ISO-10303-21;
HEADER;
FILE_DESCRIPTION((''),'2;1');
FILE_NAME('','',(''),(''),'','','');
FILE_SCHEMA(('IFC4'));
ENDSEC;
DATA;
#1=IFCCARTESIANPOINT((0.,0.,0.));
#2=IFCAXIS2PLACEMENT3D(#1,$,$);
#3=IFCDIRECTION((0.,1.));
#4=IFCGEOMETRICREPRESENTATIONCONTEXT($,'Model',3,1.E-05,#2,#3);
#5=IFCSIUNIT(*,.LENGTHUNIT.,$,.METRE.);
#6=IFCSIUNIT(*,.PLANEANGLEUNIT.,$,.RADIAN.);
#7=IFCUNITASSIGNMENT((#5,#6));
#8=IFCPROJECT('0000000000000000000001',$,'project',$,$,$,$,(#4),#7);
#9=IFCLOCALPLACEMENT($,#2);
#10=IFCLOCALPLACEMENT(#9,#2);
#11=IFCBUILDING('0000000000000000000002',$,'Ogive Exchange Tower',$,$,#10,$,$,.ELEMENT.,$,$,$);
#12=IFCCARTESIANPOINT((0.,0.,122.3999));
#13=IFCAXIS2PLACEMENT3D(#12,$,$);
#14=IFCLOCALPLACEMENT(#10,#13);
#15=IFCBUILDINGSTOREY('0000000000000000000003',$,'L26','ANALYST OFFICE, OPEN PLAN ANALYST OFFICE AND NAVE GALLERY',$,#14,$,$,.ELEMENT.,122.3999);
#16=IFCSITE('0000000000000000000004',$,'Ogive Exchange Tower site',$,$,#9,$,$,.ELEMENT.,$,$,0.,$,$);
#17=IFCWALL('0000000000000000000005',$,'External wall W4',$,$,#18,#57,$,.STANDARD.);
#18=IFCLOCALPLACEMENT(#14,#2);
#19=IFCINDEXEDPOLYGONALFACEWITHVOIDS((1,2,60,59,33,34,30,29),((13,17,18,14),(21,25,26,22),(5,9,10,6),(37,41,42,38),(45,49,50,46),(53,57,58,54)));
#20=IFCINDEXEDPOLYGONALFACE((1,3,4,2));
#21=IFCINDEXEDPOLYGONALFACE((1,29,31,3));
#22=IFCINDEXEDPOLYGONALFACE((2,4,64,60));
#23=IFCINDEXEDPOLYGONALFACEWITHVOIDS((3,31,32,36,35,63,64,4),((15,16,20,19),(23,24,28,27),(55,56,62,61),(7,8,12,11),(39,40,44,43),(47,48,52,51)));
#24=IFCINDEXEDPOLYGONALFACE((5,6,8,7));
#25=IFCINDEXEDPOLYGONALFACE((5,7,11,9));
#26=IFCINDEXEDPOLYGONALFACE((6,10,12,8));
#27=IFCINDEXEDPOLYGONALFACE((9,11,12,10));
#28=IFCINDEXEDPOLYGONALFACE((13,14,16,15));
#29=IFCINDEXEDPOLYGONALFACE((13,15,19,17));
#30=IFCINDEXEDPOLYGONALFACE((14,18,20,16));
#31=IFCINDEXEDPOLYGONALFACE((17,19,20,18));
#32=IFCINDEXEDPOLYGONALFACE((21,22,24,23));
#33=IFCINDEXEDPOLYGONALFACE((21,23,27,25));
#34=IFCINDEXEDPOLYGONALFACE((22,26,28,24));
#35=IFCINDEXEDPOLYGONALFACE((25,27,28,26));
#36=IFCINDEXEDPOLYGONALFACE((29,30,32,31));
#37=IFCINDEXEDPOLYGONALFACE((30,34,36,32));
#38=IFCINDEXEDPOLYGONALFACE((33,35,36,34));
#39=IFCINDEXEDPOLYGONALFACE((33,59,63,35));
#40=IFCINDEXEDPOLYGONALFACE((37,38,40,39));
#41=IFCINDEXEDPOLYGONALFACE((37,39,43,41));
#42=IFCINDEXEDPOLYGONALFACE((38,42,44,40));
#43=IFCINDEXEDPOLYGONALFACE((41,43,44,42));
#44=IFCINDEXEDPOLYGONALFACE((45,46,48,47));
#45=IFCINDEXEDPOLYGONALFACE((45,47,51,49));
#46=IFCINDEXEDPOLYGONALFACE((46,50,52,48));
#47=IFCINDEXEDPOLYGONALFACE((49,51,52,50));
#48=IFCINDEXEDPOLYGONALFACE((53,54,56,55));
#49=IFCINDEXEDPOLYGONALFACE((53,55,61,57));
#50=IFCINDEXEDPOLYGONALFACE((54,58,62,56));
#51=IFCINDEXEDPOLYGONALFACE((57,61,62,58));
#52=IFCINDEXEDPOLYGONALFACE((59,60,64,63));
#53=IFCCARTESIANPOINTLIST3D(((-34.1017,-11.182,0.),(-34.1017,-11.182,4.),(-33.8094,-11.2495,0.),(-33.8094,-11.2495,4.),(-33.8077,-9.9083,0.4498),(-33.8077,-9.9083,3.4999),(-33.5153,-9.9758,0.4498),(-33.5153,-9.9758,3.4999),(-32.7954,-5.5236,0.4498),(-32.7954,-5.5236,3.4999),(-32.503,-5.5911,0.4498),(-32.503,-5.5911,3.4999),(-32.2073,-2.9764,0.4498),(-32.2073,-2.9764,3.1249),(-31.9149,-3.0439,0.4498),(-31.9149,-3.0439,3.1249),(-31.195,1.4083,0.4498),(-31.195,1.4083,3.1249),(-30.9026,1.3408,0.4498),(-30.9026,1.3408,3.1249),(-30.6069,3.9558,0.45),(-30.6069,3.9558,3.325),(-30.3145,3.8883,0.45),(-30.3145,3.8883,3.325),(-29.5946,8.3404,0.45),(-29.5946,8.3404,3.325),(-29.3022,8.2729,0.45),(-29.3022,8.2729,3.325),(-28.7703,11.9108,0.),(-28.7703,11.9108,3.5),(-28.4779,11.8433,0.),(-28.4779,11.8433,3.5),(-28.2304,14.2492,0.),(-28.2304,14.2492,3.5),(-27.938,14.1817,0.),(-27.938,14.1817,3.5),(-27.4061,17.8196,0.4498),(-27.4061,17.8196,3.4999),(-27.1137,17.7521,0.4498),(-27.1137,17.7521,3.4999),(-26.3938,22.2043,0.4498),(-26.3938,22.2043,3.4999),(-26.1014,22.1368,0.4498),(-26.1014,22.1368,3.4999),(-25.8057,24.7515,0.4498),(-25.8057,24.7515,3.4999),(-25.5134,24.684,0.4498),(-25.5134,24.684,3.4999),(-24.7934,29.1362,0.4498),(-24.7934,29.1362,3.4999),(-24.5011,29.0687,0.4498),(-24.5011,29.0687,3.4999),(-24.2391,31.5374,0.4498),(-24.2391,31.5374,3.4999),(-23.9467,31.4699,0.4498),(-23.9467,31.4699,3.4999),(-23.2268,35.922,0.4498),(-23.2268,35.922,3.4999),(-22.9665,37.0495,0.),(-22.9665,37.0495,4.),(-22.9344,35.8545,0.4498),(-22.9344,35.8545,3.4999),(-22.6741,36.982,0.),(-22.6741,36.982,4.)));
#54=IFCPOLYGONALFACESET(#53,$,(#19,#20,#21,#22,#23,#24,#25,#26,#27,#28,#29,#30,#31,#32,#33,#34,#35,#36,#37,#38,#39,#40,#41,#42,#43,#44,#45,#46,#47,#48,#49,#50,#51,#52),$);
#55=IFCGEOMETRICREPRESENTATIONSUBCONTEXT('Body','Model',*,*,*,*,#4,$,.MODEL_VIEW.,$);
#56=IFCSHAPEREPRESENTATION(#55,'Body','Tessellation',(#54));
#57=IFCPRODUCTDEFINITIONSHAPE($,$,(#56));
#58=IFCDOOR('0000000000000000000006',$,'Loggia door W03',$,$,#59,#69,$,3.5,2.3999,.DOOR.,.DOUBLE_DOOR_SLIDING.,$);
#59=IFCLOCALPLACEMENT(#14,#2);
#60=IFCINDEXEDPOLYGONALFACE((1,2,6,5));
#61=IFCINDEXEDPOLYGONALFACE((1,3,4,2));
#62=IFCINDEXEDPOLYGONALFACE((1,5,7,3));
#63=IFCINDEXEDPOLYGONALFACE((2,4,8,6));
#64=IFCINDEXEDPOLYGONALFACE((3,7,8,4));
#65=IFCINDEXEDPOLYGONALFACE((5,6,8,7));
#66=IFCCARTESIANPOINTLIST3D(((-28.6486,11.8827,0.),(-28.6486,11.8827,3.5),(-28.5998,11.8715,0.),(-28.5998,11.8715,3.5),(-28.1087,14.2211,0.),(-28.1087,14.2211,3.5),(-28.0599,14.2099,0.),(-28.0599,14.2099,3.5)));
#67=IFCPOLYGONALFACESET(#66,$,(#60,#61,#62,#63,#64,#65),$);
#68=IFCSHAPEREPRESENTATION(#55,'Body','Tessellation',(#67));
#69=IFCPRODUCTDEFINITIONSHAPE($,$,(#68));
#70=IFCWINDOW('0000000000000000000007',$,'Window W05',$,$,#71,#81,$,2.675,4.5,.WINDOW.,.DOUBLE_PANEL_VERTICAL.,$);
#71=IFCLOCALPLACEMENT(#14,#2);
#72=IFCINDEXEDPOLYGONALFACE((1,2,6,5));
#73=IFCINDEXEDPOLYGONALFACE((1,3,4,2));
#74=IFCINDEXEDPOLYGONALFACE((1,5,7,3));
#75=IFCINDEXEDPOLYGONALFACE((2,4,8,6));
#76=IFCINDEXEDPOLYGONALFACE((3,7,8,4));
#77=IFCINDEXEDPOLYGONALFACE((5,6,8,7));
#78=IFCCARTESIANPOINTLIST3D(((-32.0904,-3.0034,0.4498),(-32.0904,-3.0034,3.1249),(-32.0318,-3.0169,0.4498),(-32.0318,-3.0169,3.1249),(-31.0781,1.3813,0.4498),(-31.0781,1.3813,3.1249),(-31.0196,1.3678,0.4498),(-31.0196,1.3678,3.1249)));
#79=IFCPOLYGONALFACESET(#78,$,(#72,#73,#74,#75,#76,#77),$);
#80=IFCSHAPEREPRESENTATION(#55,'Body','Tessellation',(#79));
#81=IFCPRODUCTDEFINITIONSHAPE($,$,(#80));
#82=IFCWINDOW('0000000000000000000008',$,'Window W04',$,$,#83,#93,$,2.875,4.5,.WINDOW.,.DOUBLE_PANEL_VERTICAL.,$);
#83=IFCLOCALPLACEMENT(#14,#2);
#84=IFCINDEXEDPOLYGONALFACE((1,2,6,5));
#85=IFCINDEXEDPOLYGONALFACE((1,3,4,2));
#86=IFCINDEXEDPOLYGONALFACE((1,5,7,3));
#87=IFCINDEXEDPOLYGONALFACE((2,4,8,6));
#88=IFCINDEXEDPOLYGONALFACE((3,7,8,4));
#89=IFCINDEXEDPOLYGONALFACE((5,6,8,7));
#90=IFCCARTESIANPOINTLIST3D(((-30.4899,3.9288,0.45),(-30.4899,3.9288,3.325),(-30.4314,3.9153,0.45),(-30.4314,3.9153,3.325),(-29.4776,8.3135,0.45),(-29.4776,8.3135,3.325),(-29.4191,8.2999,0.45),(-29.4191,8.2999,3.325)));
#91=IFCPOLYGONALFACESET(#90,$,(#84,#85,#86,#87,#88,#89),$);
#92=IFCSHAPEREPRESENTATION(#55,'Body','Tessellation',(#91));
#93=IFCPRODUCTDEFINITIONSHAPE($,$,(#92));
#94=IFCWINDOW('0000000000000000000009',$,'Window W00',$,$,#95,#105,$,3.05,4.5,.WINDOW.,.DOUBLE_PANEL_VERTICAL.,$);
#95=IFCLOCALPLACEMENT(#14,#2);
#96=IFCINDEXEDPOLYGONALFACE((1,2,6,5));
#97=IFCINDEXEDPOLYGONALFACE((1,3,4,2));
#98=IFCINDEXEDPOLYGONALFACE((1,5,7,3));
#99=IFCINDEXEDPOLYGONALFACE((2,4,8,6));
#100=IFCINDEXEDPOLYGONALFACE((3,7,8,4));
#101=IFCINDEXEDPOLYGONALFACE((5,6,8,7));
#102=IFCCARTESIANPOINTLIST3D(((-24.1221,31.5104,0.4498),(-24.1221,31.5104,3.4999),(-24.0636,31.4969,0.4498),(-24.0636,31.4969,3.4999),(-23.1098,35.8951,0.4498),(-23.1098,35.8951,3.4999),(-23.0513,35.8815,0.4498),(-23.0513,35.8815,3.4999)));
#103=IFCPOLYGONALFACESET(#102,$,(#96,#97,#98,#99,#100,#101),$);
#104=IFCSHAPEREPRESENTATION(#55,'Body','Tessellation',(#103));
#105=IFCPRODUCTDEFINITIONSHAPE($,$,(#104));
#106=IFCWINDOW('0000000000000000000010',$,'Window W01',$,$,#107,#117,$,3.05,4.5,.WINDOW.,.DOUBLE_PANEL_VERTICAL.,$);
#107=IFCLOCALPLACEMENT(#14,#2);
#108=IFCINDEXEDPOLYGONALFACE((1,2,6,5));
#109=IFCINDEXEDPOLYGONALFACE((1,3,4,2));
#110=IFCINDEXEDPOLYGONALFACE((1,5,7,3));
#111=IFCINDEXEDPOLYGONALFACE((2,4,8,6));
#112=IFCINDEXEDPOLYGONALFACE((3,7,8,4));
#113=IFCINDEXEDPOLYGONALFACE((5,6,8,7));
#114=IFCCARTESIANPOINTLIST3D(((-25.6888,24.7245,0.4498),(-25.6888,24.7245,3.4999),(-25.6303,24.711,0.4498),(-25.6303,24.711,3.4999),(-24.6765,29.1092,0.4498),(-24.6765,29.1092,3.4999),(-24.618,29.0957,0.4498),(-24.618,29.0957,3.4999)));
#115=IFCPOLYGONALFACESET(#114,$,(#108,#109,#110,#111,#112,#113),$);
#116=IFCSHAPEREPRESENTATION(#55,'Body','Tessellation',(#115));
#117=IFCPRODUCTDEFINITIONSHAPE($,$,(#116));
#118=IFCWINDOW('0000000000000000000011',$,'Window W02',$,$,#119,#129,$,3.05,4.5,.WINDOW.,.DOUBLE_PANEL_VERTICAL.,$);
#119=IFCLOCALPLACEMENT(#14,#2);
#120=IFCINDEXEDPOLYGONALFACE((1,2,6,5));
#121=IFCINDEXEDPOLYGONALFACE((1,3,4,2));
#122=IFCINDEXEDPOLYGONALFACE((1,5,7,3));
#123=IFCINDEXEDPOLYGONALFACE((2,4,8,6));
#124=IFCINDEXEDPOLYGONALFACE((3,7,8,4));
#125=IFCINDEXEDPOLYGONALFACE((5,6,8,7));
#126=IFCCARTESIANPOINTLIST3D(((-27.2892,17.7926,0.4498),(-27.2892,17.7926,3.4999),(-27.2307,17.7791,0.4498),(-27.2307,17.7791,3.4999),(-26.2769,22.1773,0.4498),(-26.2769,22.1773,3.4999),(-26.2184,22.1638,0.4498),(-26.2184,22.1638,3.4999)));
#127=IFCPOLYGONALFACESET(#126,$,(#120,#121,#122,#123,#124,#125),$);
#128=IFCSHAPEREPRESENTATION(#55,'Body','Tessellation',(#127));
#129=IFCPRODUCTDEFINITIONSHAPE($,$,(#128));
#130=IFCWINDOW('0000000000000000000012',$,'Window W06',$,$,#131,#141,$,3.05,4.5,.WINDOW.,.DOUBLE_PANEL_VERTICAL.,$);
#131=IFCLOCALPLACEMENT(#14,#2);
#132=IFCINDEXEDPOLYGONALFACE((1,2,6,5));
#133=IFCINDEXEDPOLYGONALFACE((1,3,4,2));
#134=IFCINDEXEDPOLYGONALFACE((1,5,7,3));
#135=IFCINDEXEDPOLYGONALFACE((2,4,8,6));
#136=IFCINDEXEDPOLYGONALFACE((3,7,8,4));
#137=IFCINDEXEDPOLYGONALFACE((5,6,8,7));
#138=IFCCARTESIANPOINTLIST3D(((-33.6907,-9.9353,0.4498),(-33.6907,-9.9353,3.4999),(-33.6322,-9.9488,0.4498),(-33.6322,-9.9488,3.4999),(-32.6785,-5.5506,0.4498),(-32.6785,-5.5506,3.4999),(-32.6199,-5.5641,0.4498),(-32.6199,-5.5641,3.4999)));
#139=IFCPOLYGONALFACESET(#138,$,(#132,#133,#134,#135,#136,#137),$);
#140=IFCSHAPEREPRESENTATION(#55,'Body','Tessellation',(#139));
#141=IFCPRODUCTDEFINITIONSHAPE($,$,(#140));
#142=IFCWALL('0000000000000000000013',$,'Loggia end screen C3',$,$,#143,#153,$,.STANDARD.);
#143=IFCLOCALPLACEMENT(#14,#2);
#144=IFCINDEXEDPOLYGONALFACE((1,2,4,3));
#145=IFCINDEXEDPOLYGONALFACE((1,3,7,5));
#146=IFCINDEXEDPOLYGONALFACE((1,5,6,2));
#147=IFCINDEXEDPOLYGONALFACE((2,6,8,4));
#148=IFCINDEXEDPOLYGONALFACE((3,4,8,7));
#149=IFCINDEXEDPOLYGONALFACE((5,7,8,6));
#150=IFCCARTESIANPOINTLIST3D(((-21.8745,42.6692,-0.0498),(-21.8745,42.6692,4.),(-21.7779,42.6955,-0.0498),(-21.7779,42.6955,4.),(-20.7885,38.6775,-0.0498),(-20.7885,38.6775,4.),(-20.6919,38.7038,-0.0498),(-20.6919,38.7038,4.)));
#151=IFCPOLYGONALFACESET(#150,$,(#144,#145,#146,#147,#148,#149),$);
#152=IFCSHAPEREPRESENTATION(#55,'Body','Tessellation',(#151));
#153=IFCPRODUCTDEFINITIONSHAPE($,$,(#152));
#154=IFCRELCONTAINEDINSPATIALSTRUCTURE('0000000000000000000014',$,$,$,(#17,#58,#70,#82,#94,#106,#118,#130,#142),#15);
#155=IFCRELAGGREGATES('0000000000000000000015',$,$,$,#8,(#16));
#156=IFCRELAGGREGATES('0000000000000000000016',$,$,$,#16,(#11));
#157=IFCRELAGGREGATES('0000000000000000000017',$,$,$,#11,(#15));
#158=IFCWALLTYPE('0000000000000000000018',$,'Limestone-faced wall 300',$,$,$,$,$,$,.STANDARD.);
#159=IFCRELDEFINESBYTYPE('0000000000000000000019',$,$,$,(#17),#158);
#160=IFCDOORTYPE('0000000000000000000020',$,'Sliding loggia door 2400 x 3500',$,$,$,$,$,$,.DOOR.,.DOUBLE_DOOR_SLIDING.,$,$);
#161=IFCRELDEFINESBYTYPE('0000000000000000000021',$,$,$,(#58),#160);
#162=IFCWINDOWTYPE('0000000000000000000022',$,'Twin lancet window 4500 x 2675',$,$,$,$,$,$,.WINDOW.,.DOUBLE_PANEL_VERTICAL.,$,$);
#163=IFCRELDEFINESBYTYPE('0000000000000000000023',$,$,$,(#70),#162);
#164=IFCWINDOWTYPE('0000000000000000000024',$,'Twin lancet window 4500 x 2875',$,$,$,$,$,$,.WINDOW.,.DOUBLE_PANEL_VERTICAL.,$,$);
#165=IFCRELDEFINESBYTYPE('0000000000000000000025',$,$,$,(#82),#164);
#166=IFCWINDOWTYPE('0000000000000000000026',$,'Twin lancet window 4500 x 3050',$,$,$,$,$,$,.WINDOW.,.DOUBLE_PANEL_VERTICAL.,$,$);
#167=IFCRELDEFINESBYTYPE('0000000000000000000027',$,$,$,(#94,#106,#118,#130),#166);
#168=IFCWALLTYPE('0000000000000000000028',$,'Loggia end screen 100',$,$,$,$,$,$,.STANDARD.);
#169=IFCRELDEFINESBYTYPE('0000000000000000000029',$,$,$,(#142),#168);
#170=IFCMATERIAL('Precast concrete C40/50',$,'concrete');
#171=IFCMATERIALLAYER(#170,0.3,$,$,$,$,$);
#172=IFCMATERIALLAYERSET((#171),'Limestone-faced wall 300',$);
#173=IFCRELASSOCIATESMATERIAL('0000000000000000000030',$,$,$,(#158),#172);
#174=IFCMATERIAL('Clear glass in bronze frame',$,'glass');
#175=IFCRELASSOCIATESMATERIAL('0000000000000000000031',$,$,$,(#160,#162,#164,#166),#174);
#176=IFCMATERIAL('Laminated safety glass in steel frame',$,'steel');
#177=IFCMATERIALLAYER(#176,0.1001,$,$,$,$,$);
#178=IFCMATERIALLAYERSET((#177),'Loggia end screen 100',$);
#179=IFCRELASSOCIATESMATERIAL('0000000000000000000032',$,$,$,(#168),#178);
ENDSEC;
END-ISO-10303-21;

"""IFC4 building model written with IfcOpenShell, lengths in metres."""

from ifc_helpers import new_model, si_unit, direction, frame, frame_2d, origin, place, context, subcontext, project, spatial, rectangle, extrude, material, layer, layer_set, type_object, element, fill, save


model = new_model("IFC4")

# Units and contexts
model_context = context("Model", 3, precision=1e-05, world=origin(), true_north=direction((0.0, 1.0)))
body_context = subcontext(model_context, "Body", "Model", "MODEL_VIEW")
ifc_project = project(units=[si_unit("LENGTHUNIT", "METRE"), si_unit("PLANEANGLEUNIT", "RADIAN")], contexts=[model_context])

# Site, building, storey
site_placement = place(None, origin())
site = spatial("IfcSite", under=ifc_project, at=site_placement, Name="Ogive Exchange Tower site", CompositionType="ELEMENT", RefElevation=0.0)
building_placement = place(site_placement, origin())
building = spatial("IfcBuilding", under=site, at=building_placement, Name="Ogive Exchange Tower", CompositionType="ELEMENT")
storey_placement = place(building_placement, frame((0.0, 0.0, 122.3999)))
storey = spatial("IfcBuildingStorey", under=building, at=storey_placement, Name="L26", Description="ANALYST OFFICE, OPEN PLAN ANALYST OFFICE AND NAVE GALLERY", CompositionType="ELEMENT", Elevation=122.3999)

# Wall, openings, door, windows
ifc_material_1 = material(Name="Precast concrete C40/50", Category="concrete")
ifc_layer_1 = layer(ifc_material_1, 0.3)
ifc_layer_set_1 = layer_set([ifc_layer_1], Name="Limestone-faced wall 300")
wall_type_1 = type_object("IfcWallType", Name="Limestone-faced wall 300", PredefinedType="STANDARD", material=ifc_layer_set_1)
wall_1_placement = place(storey_placement, frame((-22.8203, 37.0156, 0.0), z_axis=(0.0, 0.0, 1.0), x_axis=(-0.224954, -0.974369, 0.0)))
wall_1 = element("IfcWall", 1, at=wall_1_placement, inside=storey, type_object=wall_type_1, Name="External wall W4", PredefinedType="STANDARD", context=body_context, shape_type="SweptSolid", body=[
    extrude(rectangle(XDim=49.5002, YDim=0.3, at=frame_2d((24.75, 0.0))), origin(), (0.0, 0.0, 1.0), 4.0),
])
opening_1_placement = place(wall_1_placement, frame((1.157, 0.0, 0.45)))
opening_1 = element("IfcOpeningElement", 2, at=opening_1_placement, cuts=wall_1, PredefinedType="OPENING", context=body_context, shape_type="SweptSolid", body=[
    extrude(rectangle(XDim=4.5, YDim=3.05, at=frame_2d((2.25, 1.5249))), frame((0.0, 0.1599, 0.0), z_axis=(0.0, -1.0, 0.0), x_axis=(1.0, 0.0, 0.0)), (0.0, 0.0, 1.0), 0.3201),
])
opening_2_placement = place(wall_1_placement, frame((8.1213, 0.0, 0.45)))
opening_2 = element("IfcOpeningElement", 3, at=opening_2_placement, cuts=wall_1, PredefinedType="OPENING", context=body_context, shape_type="SweptSolid", body=[
    extrude(rectangle(XDim=4.5, YDim=3.05, at=frame_2d((2.25, 1.5249))), frame((0.0, 0.1599, 0.0), z_axis=(0.0, -1.0, 0.0), x_axis=(1.0, 0.0, 0.0)), (0.0, 0.0, 1.0), 0.3201),
])
opening_3_placement = place(wall_1_placement, frame((15.2356, 0.0, 0.45)))
opening_3 = element("IfcOpeningElement", 4, at=opening_3_placement, cuts=wall_1, PredefinedType="OPENING", context=body_context, shape_type="SweptSolid", body=[
    extrude(rectangle(XDim=4.5, YDim=3.05, at=frame_2d((2.25, 1.5249))), frame((0.0, 0.1599, 0.0), z_axis=(0.0, -1.0, 0.0), x_axis=(1.0, 0.0, 0.0)), (0.0, 0.0, 1.0), 0.3201),
])
opening_4_placement = place(wall_1_placement, frame((23.3999, 0.0, 0.0)))
opening_4 = element("IfcOpeningElement", 5, at=opening_4_placement, cuts=wall_1, PredefinedType="OPENING", context=body_context, shape_type="SweptSolid", body=[
    extrude(rectangle(XDim=2.3999, YDim=3.5, at=frame_2d((1.2, 1.75))), frame((0.0, 0.1599, 0.0), z_axis=(0.0, -1.0, 0.0), x_axis=(1.0, 0.0, 0.0)), (0.0, 0.0, 1.0), 0.3201),
])
opening_5_placement = place(wall_1_placement, frame((29.4641, 0.0, 0.45)))
opening_5 = element("IfcOpeningElement", 6, at=opening_5_placement, cuts=wall_1, PredefinedType="OPENING", context=body_context, shape_type="SweptSolid", body=[
    extrude(rectangle(XDim=4.5, YDim=2.875, at=frame_2d((2.25, 1.4375))), frame((0.0, 0.1599, 0.0), z_axis=(0.0, -1.0, 0.0), x_axis=(1.0, 0.0, 0.0)), (0.0, 0.0, 1.0), 0.3201),
])
opening_6_placement = place(wall_1_placement, frame((36.5786, 0.0, 0.45)))
opening_6 = element("IfcOpeningElement", 7, at=opening_6_placement, cuts=wall_1, PredefinedType="OPENING", context=body_context, shape_type="SweptSolid", body=[
    extrude(rectangle(XDim=4.5, YDim=2.675, at=frame_2d((2.25, 1.3374))), frame((0.0, 0.1599, 0.0), z_axis=(0.0, -1.0, 0.0), x_axis=(1.0, 0.0, 0.0)), (0.0, 0.0, 1.0), 0.3201),
])
opening_7_placement = place(wall_1_placement, frame((43.6929, 0.0, 0.45)))
opening_7 = element("IfcOpeningElement", 8, at=opening_7_placement, cuts=wall_1, PredefinedType="OPENING", context=body_context, shape_type="SweptSolid", body=[
    extrude(rectangle(XDim=4.5, YDim=3.05, at=frame_2d((2.25, 1.5249))), frame((0.0, 0.1599, 0.0), z_axis=(0.0, -1.0, 0.0), x_axis=(1.0, 0.0, 0.0)), (0.0, 0.0, 1.0), 0.3201),
])
ifc_material_2 = material(Name="Clear glass in bronze frame", Category="glass")
door_type_1 = type_object("IfcDoorType", Name="Sliding loggia door 2400 x 3500", OperationType="DOUBLE_DOOR_SLIDING", PredefinedType="DOOR", material=ifc_material_2)
door_1_placement = place(opening_4_placement, origin())
door_1 = element("IfcDoor", 9, at=door_1_placement, inside=storey, type_object=door_type_1, Name="Loggia door W03", OperationType="DOUBLE_DOOR_SLIDING", OverallHeight=3.5, OverallWidth=2.3999, PredefinedType="DOOR", context=body_context, shape_type="SweptSolid", body=[
    extrude(rectangle(XDim=2.3999, YDim=3.5, at=frame_2d((1.2, 1.75))), frame((0.0, 0.0249, 0.0), z_axis=(0.0, -1.0, 0.0), x_axis=(1.0, 0.0, 0.0)), (0.0, 0.0, 1.0), 0.05),
])
fill(opening_4, door_1)
window_type_1 = type_object("IfcWindowType", Name="Twin lancet window 4500 x 2675", PartitioningType="DOUBLE_PANEL_VERTICAL", PredefinedType="WINDOW", material=ifc_material_2)
window_1_placement = place(opening_6_placement, origin())
window_1 = element("IfcWindow", 10, at=window_1_placement, inside=storey, type_object=window_type_1, Name="Window W05", OverallHeight=2.675, OverallWidth=4.5, PartitioningType="DOUBLE_PANEL_VERTICAL", PredefinedType="WINDOW", context=body_context, shape_type="SweptSolid", body=[
    extrude(rectangle(XDim=4.5, YDim=2.675, at=frame_2d((2.25, 1.3374))), frame((0.0, 0.03, 0.0), z_axis=(0.0, -1.0, 0.0), x_axis=(1.0, 0.0, 0.0)), (0.0, 0.0, 1.0), 0.0601),
])
fill(opening_6, window_1)
window_type_2 = type_object("IfcWindowType", Name="Twin lancet window 4500 x 2875", PartitioningType="DOUBLE_PANEL_VERTICAL", PredefinedType="WINDOW", material=ifc_material_2)
window_2_placement = place(opening_5_placement, origin())
window_2 = element("IfcWindow", 11, at=window_2_placement, inside=storey, type_object=window_type_2, Name="Window W04", OverallHeight=2.875, OverallWidth=4.5, PartitioningType="DOUBLE_PANEL_VERTICAL", PredefinedType="WINDOW", context=body_context, shape_type="SweptSolid", body=[
    extrude(rectangle(XDim=4.5, YDim=2.875, at=frame_2d((2.25, 1.4375))), frame((0.0, 0.03, 0.0), z_axis=(0.0, -1.0, 0.0), x_axis=(1.0, 0.0, 0.0)), (0.0, 0.0, 1.0), 0.0601),
])
fill(opening_5, window_2)
window_type_3 = type_object("IfcWindowType", Name="Twin lancet window 4500 x 3050", PartitioningType="DOUBLE_PANEL_VERTICAL", PredefinedType="WINDOW", material=ifc_material_2)
window_3_placement = place(opening_1_placement, origin())
window_3 = element("IfcWindow", 12, at=window_3_placement, inside=storey, type_object=window_type_3, Name="Window W00", OverallHeight=3.05, OverallWidth=4.5, PartitioningType="DOUBLE_PANEL_VERTICAL", PredefinedType="WINDOW", context=body_context, shape_type="SweptSolid", body=[
    extrude(rectangle(XDim=4.5, YDim=3.05, at=frame_2d((2.25, 1.5249))), frame((0.0, 0.03, 0.0), z_axis=(0.0, -1.0, 0.0), x_axis=(1.0, 0.0, 0.0)), (0.0, 0.0, 1.0), 0.0601),
])
fill(opening_1, window_3)
window_4_placement = place(opening_2_placement, origin())
window_4 = element("IfcWindow", 13, at=window_4_placement, inside=storey, type_object=window_type_3, Name="Window W01", OverallHeight=3.05, OverallWidth=4.5, PartitioningType="DOUBLE_PANEL_VERTICAL", PredefinedType="WINDOW", context=body_context, shape_type="SweptSolid", body=[
    extrude(rectangle(XDim=4.5, YDim=3.05, at=frame_2d((2.25, 1.5249))), frame((0.0, 0.03, 0.0), z_axis=(0.0, -1.0, 0.0), x_axis=(1.0, 0.0, 0.0)), (0.0, 0.0, 1.0), 0.0601),
])
fill(opening_2, window_4)
window_5_placement = place(opening_3_placement, origin())
window_5 = element("IfcWindow", 14, at=window_5_placement, inside=storey, type_object=window_type_3, Name="Window W02", OverallHeight=3.05, OverallWidth=4.5, PartitioningType="DOUBLE_PANEL_VERTICAL", PredefinedType="WINDOW", context=body_context, shape_type="SweptSolid", body=[
    extrude(rectangle(XDim=4.5, YDim=3.05, at=frame_2d((2.25, 1.5249))), frame((0.0, 0.03, 0.0), z_axis=(0.0, -1.0, 0.0), x_axis=(1.0, 0.0, 0.0)), (0.0, 0.0, 1.0), 0.0601),
])
fill(opening_3, window_5)
window_6_placement = place(opening_7_placement, origin())
window_6 = element("IfcWindow", 15, at=window_6_placement, inside=storey, type_object=window_type_3, Name="Window W06", OverallHeight=3.05, OverallWidth=4.5, PartitioningType="DOUBLE_PANEL_VERTICAL", PredefinedType="WINDOW", context=body_context, shape_type="SweptSolid", body=[
    extrude(rectangle(XDim=4.5, YDim=3.05, at=frame_2d((2.25, 1.5249))), frame((0.0, 0.03, 0.0), z_axis=(0.0, -1.0, 0.0), x_axis=(1.0, 0.0, 0.0)), (0.0, 0.0, 1.0), 0.0601),
])
fill(opening_7, window_6)

# Wall
ifc_material_3 = material(Name="Laminated safety glass in steel frame", Category="steel")
ifc_layer_2 = layer(ifc_material_3, 0.1001)
ifc_layer_set_2 = layer_set([ifc_layer_2], Name="Loggia end screen 100")
wall_type_2 = type_object("IfcWallType", Name="Loggia end screen 100", PredefinedType="STANDARD", material=ifc_layer_set_2)
wall_2_placement = place(storey_placement, frame((-20.7402, 38.6907, -0.0498), z_axis=(0.0, 0.0, 1.0), x_axis=(-0.262508, 0.96493, 0.0)))
element("IfcWall", 16, at=wall_2_placement, inside=storey, type_object=wall_type_2, Name="Loggia end screen C3", PredefinedType="STANDARD", context=body_context, shape_type="SweptSolid", body=[
    extrude(rectangle(XDim=4.1367, YDim=0.1001, at=frame_2d((2.0684, 0.0))), origin(), (0.0, 0.0, 1.0), 4.0498),
])

save(model, "model.ifc")
